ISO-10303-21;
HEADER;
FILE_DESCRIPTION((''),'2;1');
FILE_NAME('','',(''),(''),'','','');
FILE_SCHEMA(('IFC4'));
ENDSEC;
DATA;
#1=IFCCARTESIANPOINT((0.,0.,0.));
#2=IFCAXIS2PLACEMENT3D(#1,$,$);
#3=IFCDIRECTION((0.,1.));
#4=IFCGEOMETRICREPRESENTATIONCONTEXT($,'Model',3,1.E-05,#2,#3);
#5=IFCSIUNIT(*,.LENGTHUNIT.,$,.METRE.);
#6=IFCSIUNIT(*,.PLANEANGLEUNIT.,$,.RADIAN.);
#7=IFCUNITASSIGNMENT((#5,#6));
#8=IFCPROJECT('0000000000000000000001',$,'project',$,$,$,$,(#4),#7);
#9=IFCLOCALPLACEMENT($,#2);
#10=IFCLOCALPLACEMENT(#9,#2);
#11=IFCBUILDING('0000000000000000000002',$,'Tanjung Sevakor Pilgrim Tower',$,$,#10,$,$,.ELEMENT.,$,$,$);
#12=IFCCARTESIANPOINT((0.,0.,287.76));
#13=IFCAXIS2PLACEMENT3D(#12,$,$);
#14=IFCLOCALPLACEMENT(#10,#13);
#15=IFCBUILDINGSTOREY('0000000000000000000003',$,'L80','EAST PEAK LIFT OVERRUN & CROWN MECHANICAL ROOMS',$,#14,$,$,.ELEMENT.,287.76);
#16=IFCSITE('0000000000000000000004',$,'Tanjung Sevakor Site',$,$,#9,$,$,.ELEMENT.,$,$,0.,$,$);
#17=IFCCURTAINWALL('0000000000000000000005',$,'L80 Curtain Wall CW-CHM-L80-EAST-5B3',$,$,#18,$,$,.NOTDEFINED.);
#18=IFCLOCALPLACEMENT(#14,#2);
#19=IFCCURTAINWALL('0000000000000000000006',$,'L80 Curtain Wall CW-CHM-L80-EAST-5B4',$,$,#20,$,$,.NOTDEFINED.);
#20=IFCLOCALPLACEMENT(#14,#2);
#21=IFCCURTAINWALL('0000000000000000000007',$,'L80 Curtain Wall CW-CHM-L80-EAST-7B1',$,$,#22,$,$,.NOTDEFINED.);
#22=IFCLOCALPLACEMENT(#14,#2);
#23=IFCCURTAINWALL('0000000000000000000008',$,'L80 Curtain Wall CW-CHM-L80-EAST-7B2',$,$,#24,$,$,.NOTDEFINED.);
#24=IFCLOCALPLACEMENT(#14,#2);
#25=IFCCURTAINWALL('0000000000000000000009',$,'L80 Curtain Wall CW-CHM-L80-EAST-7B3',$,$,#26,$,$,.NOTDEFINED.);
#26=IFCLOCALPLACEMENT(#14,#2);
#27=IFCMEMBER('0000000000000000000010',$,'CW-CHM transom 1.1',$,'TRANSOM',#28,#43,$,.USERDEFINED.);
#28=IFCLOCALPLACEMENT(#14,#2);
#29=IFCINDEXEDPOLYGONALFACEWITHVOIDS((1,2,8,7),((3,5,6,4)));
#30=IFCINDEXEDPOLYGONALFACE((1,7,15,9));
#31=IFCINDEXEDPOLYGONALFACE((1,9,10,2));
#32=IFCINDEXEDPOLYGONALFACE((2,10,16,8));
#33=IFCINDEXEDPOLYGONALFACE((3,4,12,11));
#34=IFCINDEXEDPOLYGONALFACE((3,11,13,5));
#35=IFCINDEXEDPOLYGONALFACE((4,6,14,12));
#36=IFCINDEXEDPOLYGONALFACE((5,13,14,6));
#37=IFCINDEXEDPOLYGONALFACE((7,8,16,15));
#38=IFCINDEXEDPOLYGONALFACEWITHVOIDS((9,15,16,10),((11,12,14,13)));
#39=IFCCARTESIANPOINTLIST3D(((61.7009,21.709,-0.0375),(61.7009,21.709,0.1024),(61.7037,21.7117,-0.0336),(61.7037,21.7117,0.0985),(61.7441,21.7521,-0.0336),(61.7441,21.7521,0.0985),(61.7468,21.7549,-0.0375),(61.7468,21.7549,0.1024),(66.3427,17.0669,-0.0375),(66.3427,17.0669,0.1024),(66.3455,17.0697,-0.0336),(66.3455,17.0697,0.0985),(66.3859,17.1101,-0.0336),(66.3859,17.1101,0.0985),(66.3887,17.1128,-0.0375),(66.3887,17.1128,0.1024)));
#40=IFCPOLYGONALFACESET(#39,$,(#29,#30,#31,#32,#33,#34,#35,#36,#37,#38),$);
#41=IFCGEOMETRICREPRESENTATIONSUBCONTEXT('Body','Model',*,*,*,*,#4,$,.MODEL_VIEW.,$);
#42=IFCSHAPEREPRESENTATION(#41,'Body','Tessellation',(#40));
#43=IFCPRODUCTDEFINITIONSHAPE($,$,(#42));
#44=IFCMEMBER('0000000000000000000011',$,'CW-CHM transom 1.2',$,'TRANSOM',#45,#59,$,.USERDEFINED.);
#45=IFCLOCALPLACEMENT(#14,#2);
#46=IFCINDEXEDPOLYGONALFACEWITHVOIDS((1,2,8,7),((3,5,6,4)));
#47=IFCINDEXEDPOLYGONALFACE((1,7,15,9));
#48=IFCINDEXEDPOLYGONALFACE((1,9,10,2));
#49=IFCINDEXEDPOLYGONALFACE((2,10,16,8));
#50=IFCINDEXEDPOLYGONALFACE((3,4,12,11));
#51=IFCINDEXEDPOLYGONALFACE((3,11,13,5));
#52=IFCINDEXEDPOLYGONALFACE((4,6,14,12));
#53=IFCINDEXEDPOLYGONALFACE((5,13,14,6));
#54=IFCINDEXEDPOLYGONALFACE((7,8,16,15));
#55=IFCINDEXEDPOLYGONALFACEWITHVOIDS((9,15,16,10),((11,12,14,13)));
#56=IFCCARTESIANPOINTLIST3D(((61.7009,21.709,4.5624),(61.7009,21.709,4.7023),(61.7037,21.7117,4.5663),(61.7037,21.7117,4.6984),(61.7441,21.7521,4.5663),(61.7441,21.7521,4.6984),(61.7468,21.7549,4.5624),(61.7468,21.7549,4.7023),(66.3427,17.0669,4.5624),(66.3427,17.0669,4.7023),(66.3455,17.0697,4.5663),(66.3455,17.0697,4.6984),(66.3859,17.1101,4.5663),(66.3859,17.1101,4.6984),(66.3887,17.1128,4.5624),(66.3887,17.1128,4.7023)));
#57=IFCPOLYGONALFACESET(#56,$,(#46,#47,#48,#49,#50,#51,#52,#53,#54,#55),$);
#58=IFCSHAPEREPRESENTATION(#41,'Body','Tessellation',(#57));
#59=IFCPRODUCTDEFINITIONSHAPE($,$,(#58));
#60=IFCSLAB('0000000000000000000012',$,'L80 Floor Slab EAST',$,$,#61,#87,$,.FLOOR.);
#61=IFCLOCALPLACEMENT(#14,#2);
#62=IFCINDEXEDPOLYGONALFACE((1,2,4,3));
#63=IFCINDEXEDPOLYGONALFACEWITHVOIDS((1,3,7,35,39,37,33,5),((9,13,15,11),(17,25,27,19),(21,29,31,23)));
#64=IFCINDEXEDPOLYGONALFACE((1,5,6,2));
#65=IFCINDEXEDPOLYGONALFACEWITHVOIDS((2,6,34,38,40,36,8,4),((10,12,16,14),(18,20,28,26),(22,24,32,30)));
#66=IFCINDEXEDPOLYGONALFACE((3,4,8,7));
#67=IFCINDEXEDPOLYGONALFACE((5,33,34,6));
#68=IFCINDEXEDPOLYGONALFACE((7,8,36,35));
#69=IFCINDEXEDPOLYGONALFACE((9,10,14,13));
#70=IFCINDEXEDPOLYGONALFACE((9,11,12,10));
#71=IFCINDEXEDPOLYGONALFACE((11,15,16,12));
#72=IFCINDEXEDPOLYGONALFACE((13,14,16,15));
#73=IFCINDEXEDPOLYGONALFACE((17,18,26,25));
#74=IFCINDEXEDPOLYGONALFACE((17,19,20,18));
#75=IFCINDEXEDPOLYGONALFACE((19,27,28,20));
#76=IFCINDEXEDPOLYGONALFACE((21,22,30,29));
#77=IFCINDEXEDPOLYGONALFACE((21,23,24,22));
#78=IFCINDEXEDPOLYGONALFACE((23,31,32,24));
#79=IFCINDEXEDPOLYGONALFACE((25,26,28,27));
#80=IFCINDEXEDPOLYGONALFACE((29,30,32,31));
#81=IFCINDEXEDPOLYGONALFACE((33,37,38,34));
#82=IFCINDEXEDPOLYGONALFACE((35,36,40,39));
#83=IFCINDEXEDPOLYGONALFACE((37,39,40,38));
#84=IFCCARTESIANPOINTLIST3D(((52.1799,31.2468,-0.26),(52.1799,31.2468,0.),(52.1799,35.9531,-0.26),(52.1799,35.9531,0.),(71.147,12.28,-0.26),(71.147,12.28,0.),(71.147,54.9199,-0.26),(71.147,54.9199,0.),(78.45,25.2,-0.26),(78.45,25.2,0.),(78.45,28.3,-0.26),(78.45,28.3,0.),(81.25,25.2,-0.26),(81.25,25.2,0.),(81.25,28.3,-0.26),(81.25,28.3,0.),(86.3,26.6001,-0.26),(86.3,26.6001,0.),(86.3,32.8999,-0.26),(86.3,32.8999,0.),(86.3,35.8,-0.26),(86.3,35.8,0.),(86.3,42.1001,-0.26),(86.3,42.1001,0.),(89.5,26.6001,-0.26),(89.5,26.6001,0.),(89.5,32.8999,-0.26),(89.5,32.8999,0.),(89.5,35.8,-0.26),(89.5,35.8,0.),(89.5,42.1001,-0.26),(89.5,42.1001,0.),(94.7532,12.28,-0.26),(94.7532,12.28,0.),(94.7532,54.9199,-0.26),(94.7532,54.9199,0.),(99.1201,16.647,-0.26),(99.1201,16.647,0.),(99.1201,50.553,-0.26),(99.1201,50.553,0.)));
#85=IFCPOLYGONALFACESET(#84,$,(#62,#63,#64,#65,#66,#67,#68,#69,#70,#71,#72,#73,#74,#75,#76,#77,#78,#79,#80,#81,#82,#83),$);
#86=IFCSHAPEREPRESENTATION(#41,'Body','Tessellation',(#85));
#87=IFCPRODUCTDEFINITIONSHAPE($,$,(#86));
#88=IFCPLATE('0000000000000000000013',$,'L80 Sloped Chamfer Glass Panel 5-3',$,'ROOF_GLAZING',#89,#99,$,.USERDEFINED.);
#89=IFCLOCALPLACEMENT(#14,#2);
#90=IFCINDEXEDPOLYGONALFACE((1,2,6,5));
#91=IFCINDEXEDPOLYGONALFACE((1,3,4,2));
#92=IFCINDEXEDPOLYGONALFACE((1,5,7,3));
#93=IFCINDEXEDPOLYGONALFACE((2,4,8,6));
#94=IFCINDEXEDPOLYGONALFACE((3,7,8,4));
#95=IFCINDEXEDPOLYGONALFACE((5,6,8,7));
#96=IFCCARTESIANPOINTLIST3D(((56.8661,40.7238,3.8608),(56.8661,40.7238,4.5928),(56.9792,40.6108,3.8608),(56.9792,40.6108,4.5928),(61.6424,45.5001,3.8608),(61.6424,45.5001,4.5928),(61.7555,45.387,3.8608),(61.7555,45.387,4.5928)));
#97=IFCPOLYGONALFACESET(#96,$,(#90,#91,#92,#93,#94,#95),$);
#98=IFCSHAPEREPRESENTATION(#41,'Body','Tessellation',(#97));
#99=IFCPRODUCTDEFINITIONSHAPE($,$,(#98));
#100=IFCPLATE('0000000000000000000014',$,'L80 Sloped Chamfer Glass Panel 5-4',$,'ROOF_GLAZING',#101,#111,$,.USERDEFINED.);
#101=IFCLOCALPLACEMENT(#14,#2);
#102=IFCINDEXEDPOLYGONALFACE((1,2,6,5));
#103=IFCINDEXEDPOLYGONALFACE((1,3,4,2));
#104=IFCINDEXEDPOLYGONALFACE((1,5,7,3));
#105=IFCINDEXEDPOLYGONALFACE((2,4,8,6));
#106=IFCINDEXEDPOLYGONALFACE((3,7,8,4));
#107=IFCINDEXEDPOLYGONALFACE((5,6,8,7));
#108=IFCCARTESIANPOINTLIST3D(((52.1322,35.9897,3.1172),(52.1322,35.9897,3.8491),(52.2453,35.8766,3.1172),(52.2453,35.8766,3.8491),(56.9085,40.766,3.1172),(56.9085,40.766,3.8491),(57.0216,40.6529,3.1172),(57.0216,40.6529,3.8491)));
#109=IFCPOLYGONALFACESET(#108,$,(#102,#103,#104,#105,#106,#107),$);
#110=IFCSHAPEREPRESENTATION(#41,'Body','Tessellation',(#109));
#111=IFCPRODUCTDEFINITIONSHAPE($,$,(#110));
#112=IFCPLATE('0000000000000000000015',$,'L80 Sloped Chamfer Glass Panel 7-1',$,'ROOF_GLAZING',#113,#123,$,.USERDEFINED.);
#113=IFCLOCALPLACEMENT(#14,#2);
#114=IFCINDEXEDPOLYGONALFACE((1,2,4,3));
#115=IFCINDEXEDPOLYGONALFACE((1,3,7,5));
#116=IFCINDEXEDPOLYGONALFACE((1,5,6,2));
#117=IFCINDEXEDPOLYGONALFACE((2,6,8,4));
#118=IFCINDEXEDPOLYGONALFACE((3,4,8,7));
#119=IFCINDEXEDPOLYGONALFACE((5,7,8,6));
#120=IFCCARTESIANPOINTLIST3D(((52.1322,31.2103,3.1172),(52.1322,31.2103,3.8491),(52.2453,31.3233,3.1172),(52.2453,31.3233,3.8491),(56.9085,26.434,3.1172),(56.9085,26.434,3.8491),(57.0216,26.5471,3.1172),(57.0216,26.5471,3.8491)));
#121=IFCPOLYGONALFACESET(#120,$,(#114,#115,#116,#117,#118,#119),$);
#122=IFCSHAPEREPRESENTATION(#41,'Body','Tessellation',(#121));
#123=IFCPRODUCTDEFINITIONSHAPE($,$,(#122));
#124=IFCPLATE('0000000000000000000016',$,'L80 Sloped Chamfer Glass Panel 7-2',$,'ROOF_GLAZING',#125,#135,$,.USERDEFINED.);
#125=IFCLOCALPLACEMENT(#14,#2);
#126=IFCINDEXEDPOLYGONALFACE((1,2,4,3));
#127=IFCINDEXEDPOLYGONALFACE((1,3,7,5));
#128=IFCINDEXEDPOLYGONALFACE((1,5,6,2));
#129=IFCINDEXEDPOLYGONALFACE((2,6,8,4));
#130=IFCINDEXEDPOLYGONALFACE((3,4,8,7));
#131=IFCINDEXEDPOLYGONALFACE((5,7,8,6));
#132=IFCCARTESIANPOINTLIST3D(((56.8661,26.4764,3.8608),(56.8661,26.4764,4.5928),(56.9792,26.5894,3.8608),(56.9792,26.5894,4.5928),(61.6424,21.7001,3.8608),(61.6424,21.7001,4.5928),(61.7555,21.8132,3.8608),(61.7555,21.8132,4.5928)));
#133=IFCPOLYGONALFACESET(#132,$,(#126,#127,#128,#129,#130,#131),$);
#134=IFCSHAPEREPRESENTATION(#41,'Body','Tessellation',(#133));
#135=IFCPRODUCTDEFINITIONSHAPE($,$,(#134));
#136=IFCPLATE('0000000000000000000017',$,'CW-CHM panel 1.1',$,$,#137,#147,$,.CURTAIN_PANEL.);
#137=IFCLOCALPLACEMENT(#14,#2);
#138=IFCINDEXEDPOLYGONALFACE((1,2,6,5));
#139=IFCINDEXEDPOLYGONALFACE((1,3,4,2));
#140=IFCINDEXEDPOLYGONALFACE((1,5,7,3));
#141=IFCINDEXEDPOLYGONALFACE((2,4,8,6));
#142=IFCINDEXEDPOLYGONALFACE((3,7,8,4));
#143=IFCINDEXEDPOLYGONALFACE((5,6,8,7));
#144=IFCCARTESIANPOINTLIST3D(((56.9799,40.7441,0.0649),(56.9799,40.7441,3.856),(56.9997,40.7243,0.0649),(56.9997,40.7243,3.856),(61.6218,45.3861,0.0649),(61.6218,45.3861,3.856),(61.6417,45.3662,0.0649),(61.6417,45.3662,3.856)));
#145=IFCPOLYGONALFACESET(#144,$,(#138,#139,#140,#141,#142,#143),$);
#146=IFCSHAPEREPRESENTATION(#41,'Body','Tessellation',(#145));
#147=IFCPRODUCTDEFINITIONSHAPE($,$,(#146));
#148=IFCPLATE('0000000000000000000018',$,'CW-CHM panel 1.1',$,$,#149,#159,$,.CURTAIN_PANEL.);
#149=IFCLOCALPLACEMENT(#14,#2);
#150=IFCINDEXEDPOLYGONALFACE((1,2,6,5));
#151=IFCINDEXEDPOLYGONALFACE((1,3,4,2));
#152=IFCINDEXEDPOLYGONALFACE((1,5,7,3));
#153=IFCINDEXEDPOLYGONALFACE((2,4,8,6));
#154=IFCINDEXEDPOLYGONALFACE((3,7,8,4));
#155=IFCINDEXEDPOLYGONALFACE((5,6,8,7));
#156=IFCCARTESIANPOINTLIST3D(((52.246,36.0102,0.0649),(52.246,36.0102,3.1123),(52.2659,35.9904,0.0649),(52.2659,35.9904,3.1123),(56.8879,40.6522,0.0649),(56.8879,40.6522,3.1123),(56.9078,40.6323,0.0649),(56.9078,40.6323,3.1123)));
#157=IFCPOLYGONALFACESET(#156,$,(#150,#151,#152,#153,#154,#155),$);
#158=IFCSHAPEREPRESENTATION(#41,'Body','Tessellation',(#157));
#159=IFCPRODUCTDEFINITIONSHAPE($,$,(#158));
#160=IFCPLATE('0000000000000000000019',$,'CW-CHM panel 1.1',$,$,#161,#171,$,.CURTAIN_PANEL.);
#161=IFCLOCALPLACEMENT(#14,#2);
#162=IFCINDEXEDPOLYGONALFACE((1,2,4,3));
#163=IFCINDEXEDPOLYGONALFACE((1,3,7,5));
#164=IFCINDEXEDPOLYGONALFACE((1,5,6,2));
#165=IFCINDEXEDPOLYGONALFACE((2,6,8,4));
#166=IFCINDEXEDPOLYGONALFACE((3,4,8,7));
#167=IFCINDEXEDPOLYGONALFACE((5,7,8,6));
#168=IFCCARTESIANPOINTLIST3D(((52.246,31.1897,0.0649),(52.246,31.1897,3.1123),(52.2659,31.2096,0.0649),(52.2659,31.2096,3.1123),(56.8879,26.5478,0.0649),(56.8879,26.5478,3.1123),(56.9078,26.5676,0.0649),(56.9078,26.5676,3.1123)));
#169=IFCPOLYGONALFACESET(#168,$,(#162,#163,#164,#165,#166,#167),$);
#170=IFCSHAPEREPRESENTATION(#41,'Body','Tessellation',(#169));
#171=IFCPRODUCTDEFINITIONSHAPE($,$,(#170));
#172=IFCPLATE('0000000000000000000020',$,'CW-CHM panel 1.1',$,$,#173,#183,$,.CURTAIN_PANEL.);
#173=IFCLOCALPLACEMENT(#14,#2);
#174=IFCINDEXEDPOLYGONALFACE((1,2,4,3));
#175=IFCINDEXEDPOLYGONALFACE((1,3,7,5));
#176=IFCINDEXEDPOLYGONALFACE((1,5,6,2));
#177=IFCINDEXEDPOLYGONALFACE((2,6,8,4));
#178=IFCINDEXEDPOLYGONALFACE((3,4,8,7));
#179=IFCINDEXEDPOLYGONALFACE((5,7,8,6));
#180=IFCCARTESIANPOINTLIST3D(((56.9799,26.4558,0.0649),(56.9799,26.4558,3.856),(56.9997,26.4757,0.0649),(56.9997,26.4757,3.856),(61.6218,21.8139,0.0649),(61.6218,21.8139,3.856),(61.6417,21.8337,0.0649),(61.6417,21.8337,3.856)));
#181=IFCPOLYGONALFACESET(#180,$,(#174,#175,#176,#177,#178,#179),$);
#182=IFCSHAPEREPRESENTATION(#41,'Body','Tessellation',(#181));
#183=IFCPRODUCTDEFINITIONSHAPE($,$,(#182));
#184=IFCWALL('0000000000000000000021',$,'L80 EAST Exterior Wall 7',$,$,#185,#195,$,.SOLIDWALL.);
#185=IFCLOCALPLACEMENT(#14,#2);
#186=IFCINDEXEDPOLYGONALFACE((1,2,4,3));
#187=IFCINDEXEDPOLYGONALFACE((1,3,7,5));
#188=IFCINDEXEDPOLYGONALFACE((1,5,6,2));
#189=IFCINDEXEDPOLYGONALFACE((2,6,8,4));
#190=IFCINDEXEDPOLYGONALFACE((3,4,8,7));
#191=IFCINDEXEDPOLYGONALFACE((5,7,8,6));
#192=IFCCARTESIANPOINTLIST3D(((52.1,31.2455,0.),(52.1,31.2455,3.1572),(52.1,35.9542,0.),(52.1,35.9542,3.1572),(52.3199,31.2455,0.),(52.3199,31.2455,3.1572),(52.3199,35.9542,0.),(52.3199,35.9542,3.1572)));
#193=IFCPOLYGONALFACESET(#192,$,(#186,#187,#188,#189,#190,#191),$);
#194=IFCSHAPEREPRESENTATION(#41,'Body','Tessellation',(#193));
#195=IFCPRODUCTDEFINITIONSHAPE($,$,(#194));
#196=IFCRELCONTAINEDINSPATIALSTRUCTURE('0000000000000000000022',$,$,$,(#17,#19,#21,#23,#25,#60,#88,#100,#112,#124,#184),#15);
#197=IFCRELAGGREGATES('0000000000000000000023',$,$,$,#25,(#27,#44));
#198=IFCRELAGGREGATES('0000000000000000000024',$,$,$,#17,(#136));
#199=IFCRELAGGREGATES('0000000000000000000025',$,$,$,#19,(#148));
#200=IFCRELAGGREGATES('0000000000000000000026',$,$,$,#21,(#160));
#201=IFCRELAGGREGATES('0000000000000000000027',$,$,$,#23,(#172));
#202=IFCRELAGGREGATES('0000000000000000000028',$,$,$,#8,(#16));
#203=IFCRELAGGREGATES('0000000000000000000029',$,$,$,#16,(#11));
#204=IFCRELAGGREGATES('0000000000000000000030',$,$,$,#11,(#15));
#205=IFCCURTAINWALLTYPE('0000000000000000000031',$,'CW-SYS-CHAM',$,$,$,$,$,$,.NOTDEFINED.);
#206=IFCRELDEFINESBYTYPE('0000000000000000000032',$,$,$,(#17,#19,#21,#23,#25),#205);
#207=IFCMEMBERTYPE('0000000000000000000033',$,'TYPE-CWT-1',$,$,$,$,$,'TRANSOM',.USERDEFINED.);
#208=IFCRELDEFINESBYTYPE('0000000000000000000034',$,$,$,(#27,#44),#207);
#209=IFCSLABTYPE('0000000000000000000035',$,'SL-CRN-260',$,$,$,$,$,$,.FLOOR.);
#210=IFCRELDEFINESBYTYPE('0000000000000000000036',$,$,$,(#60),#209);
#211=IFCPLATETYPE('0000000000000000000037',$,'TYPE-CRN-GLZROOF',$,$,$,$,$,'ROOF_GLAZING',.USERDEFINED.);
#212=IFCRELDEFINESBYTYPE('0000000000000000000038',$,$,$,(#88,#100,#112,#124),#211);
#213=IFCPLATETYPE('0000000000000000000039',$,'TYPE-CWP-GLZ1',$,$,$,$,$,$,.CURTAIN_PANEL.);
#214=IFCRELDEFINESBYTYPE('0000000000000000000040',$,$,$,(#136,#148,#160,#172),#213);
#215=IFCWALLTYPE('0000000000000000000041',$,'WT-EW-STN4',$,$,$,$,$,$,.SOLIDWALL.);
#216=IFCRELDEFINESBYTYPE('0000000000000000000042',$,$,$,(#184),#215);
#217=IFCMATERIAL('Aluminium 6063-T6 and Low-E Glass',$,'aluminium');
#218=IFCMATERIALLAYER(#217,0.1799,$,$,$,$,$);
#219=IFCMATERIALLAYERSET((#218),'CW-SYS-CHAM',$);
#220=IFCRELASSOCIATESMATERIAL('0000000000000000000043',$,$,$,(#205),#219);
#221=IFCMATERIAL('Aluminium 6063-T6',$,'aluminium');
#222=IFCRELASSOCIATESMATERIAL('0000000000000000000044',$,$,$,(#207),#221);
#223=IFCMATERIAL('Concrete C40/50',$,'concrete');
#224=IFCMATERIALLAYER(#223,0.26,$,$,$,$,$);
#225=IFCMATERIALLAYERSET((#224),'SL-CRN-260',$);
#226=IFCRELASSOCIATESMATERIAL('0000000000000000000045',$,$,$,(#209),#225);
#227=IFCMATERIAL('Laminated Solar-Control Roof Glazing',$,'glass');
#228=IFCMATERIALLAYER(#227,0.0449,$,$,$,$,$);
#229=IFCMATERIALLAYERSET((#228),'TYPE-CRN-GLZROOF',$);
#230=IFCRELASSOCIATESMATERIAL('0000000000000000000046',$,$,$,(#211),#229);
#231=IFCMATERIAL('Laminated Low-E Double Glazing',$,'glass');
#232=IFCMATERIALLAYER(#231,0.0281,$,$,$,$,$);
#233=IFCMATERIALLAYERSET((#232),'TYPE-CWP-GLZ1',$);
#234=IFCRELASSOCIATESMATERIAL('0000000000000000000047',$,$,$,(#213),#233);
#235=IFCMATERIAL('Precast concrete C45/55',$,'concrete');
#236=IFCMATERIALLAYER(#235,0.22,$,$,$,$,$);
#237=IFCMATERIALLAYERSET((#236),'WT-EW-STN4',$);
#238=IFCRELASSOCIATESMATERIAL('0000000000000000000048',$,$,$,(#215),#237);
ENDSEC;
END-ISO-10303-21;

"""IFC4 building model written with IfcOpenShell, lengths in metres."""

from ifc_helpers import new_model, si_unit, direction, frame, frame_2d, origin, origin_2d, place, context, subcontext, project, spatial, polyline, rectangle, hollow_rectangle, outline, extrude, material, layer, layer_set, material_profile, profile_set, type_object, element, aggregate, save


model = new_model("IFC4")

# Units and contexts
model_context = context("Model", 3, precision=1e-05, world=origin(), true_north=direction((0.0, 1.0)))
body_context = subcontext(model_context, "Body", "Model", "MODEL_VIEW")
ifc_project = project(units=[si_unit("LENGTHUNIT", "METRE"), si_unit("PLANEANGLEUNIT", "RADIAN")], contexts=[model_context])

# Site, building, storey
site_placement = place(None, origin())
site = spatial("IfcSite", under=ifc_project, at=site_placement, Name="Tanjung Sevakor Site", CompositionType="ELEMENT", RefElevation=0.0)
building_placement = place(site_placement, origin())
building = spatial("IfcBuilding", under=site, at=building_placement, Name="Tanjung Sevakor Pilgrim Tower", CompositionType="ELEMENT")
storey_placement = place(building_placement, frame((0.0, 0.0, 287.76)))
storey = spatial("IfcBuildingStorey", under=building, at=storey_placement, Name="L80", Description="EAST PEAK LIFT OVERRUN & CROWN MECHANICAL ROOMS", CompositionType="ELEMENT", Elevation=287.76)

# Shared definitions
ifc_material_1 = material(Name="Aluminium 6063-T6 and Low-E Glass", Category="aluminium")
ifc_layer_1 = layer(ifc_material_1, 0.1799)
ifc_layer_set_1 = layer_set([ifc_layer_1], Name="CW-SYS-CHAM")
curtain_wall_type = type_object("IfcCurtainWallType", Name="CW-SYS-CHAM", PredefinedType="NOTDEFINED", material=ifc_layer_set_1)

# Curtain walls
curtain_wall_1_placement = place(storey_placement, origin())
curtain_wall_1 = element("IfcCurtainWall", 1, at=curtain_wall_1_placement, inside=storey, type_object=curtain_wall_type, Name="L80 Curtain Wall CW-CHM-L80-EAST-5B3", PredefinedType="NOTDEFINED")
curtain_wall_2_placement = place(storey_placement, origin())
curtain_wall_2 = element("IfcCurtainWall", 2, at=curtain_wall_2_placement, inside=storey, type_object=curtain_wall_type, Name="L80 Curtain Wall CW-CHM-L80-EAST-5B4", PredefinedType="NOTDEFINED")
curtain_wall_3_placement = place(storey_placement, origin())
curtain_wall_3 = element("IfcCurtainWall", 3, at=curtain_wall_3_placement, inside=storey, type_object=curtain_wall_type, Name="L80 Curtain Wall CW-CHM-L80-EAST-7B1", PredefinedType="NOTDEFINED")
curtain_wall_4_placement = place(storey_placement, origin())
curtain_wall_4 = element("IfcCurtainWall", 4, at=curtain_wall_4_placement, inside=storey, type_object=curtain_wall_type, Name="L80 Curtain Wall CW-CHM-L80-EAST-7B2", PredefinedType="NOTDEFINED")

# Curtain wall
curtain_wall_5_placement = place(storey_placement, origin())
curtain_wall_5 = element("IfcCurtainWall", 5, at=curtain_wall_5_placement, inside=storey, type_object=curtain_wall_type, Name="L80 Curtain Wall CW-CHM-L80-EAST-7B3", PredefinedType="NOTDEFINED")

# Members
ifc_material_2 = material(Name="Aluminium 6063-T6", Category="aluminium")
ifc_material_profile_1 = material_profile(ifc_material_2, hollow_rectangle(XDim=0.0649, YDim=0.1399, WallThickness=0.0039, at=origin_2d()))
ifc_profile_set_1 = profile_set([ifc_material_profile_1], Name="Aluminium 6063-T6")
member_type_1 = type_object("IfcMemberType", Name="TYPE-CWT-1", ElementType="TRANSOM", PredefinedType="USERDEFINED", material=ifc_profile_set_1)
member_1_placement = place(storey_placement, frame((61.7239, 21.7319, 0.0325), z_axis=(0.707088, -0.707125, 0.0), x_axis=(0.707125, 0.707088, 0.0)))
member_1 = element("IfcMember", 6, at=member_1_placement, type_object=member_type_1, Name="CW-CHM transom 1.1", ObjectType="TRANSOM", PredefinedType="USERDEFINED", context=body_context, shape_type="SweptSolid", body=[
    extrude(hollow_rectangle(XDim=0.0649, YDim=0.1399, WallThickness=0.0039, at=origin_2d()), origin(), (0.0, 0.0, 1.0), 6.5647),
])
member_2_placement = place(storey_placement, frame((61.7239, 21.7319, 4.6323), z_axis=(0.707088, -0.707125, 0.0), x_axis=(0.707125, 0.707088, 0.0)))
member_2 = element("IfcMember", 7, at=member_2_placement, type_object=member_type_1, Name="CW-CHM transom 1.2", ObjectType="TRANSOM", PredefinedType="USERDEFINED", context=body_context, shape_type="SweptSolid", body=[
    extrude(hollow_rectangle(XDim=0.0649, YDim=0.1399, WallThickness=0.0039, at=origin_2d()), origin(), (0.0, 0.0, 1.0), 6.5647),
])
aggregate(curtain_wall_5, [member_1, member_2])

# Slab
ifc_material_3 = material(Name="Concrete C40/50", Category="concrete")
ifc_layer_2 = layer(ifc_material_3, 0.26)
ifc_layer_set_2 = layer_set([ifc_layer_2], Name="SL-CRN-260")
slab_type = type_object("IfcSlabType", Name="SL-CRN-260", PredefinedType="FLOOR", material=ifc_layer_set_2)
slab_placement = place(storey_placement, frame((0.0, 0.0, -0.26)))
element("IfcSlab", 8, at=slab_placement, inside=storey, type_object=slab_type, Name="L80 Floor Slab EAST", PredefinedType="FLOOR", context=body_context, shape_type="SweptSolid", body=[
    extrude(outline(polyline([(71.147, 12.28), (94.7532, 12.28), (99.1201, 16.647), (99.1201, 50.553), (94.7532, 54.9199), (71.147, 54.9199), (52.1799, 35.9531), (52.1799, 31.2468), (71.147, 12.28)]), holes=[polyline([(89.5, 26.6001), (89.5, 32.8999), (86.3, 32.8999), (86.3, 26.6001), (89.5, 26.6001)]), polyline([(89.5, 35.8), (89.5, 42.1001), (86.3, 42.1001), (86.3, 35.8), (89.5, 35.8)]), polyline([(78.45, 25.2), (81.25, 25.2), (81.25, 28.3), (78.45, 28.3), (78.45, 25.2)])]), origin(), (0.0, 0.0, 1.0), 0.26),
])

# Plates
ifc_material_4 = material(Name="Laminated Solar-Control Roof Glazing", Category="glass")
ifc_layer_3 = layer(ifc_material_4, 0.0449)
ifc_layer_set_3 = layer_set([ifc_layer_3], Name="TYPE-CRN-GLZROOF")
plate_type_1 = type_object("IfcPlateType", Name="TYPE-CRN-GLZROOF", ElementType="ROOF_GLAZING", PredefinedType="USERDEFINED", material=ifc_layer_set_3)
for number, where, z_axis, x_axis, name in (
    (9, (59.3108, 43.0554, 3.8608), (0.0, 0.0, 1.0), (-0.707107, -0.707107, 0.0), "L80 Sloped Chamfer Glass Panel 5-3"),
    (10, (54.5769, 38.3213, 3.1172), (0.0, 0.0, 1.0), (-0.707107, -0.707107, 0.0), "L80 Sloped Chamfer Glass Panel 5-4"),
    (11, (54.5769, 28.8787, 3.1172), (0.0, 0.0, 1.0), (0.707107, -0.707107, 0.0), "L80 Sloped Chamfer Glass Panel 7-1"),
    (12, (59.3108, 24.1448, 3.8608), (0.0, 0.0, 1.0), (0.707107, -0.707107, 0.0), "L80 Sloped Chamfer Glass Panel 7-2"),
):
    element("IfcPlate", number, at=place(storey_placement, frame(where, z_axis=z_axis, x_axis=x_axis)), inside=storey, type_object=plate_type_1, Name=name, ObjectType="ROOF_GLAZING", PredefinedType="USERDEFINED", context=body_context, shape_type="SweptSolid", body=[
        extrude(rectangle(XDim=6.7546, YDim=0.1599, at=origin_2d()), origin(), (0.0, 0.0, 1.0), 0.7319),
    ])

# Plates
ifc_material_5 = material(Name="Laminated Low-E Double Glazing", Category="glass")
ifc_layer_4 = layer(ifc_material_5, 0.0281)
ifc_layer_set_4 = layer_set([ifc_layer_4], Name="TYPE-CWP-GLZ1")
plate_type_2 = type_object("IfcPlateType", Name="TYPE-CWP-GLZ1", PredefinedType="CURTAIN_PANEL", material=ifc_layer_set_4)
plate_1_placement = place(storey_placement, frame((59.3108, 43.0552, 0.0649), z_axis=(0.0, 0.0, 1.0), x_axis=(-0.707107, -0.707107, 0.0)))
plate_1 = element("IfcPlate", 13, at=plate_1_placement, type_object=plate_type_2, Name="CW-CHM panel 1.1", PredefinedType="CURTAIN_PANEL", context=body_context, shape_type="SweptSolid", body=[
    extrude(rectangle(XDim=6.5647, YDim=0.0281, at=origin_2d()), origin(), (0.0, 0.0, 1.0), 3.791),
])
aggregate(curtain_wall_1, [plate_1])
plate_2_placement = place(storey_placement, frame((54.5769, 38.3213, 0.0649), z_axis=(0.0, 0.0, 1.0), x_axis=(-0.707107, -0.707107, 0.0)))
plate_2 = element("IfcPlate", 14, at=plate_2_placement, type_object=plate_type_2, Name="CW-CHM panel 1.1", PredefinedType="CURTAIN_PANEL", context=body_context, shape_type="SweptSolid", body=[
    extrude(rectangle(XDim=6.5647, YDim=0.0281, at=origin_2d()), origin(), (0.0, 0.0, 1.0), 3.0474),
])
aggregate(curtain_wall_2, [plate_2])
plate_3_placement = place(storey_placement, frame((54.5769, 28.8787, 0.0649), z_axis=(0.0, 0.0, 1.0), x_axis=(0.707107, -0.707107, 0.0)))
plate_3 = element("IfcPlate", 15, at=plate_3_placement, type_object=plate_type_2, Name="CW-CHM panel 1.1", PredefinedType="CURTAIN_PANEL", context=body_context, shape_type="SweptSolid", body=[
    extrude(rectangle(XDim=6.5647, YDim=0.0281, at=origin_2d()), origin(), (0.0, 0.0, 1.0), 3.0474),
])
aggregate(curtain_wall_3, [plate_3])
plate_4_placement = place(storey_placement, frame((59.3108, 24.1448, 0.0649), z_axis=(0.0, 0.0, 1.0), x_axis=(0.707107, -0.707107, 0.0)))
plate_4 = element("IfcPlate", 16, at=plate_4_placement, type_object=plate_type_2, Name="CW-CHM panel 1.1", PredefinedType="CURTAIN_PANEL", context=body_context, shape_type="SweptSolid", body=[
    extrude(rectangle(XDim=6.5647, YDim=0.0281, at=origin_2d()), origin(), (0.0, 0.0, 1.0), 3.791),
])
aggregate(curtain_wall_4, [plate_4])

# Wall
ifc_material_6 = material(Name="Precast concrete C45/55", Category="concrete")
ifc_layer_5 = layer(ifc_material_6, 0.22)
ifc_layer_set_5 = layer_set([ifc_layer_5], Name="WT-EW-STN4")
wall_type_1 = type_object("IfcWallType", Name="WT-EW-STN4", PredefinedType="SOLIDWALL", material=ifc_layer_set_5)
wall_1_placement = place(storey_placement, frame((52.21, 35.9543, 0.0), z_axis=(0.0, 0.0, 1.0), x_axis=(0.0, -1.0, 0.0)))
element("IfcWall", 17, at=wall_1_placement, inside=storey, type_object=wall_type_1, Name="L80 EAST Exterior Wall 7", PredefinedType="SOLIDWALL", context=body_context, shape_type="SweptSolid", body=[
    extrude(rectangle(XDim=4.7087, YDim=0.22, at=frame_2d((2.3545, 0.0))), origin(), (0.0, 0.0, 1.0), 3.1572),
])

save(model, "model.ifc")
